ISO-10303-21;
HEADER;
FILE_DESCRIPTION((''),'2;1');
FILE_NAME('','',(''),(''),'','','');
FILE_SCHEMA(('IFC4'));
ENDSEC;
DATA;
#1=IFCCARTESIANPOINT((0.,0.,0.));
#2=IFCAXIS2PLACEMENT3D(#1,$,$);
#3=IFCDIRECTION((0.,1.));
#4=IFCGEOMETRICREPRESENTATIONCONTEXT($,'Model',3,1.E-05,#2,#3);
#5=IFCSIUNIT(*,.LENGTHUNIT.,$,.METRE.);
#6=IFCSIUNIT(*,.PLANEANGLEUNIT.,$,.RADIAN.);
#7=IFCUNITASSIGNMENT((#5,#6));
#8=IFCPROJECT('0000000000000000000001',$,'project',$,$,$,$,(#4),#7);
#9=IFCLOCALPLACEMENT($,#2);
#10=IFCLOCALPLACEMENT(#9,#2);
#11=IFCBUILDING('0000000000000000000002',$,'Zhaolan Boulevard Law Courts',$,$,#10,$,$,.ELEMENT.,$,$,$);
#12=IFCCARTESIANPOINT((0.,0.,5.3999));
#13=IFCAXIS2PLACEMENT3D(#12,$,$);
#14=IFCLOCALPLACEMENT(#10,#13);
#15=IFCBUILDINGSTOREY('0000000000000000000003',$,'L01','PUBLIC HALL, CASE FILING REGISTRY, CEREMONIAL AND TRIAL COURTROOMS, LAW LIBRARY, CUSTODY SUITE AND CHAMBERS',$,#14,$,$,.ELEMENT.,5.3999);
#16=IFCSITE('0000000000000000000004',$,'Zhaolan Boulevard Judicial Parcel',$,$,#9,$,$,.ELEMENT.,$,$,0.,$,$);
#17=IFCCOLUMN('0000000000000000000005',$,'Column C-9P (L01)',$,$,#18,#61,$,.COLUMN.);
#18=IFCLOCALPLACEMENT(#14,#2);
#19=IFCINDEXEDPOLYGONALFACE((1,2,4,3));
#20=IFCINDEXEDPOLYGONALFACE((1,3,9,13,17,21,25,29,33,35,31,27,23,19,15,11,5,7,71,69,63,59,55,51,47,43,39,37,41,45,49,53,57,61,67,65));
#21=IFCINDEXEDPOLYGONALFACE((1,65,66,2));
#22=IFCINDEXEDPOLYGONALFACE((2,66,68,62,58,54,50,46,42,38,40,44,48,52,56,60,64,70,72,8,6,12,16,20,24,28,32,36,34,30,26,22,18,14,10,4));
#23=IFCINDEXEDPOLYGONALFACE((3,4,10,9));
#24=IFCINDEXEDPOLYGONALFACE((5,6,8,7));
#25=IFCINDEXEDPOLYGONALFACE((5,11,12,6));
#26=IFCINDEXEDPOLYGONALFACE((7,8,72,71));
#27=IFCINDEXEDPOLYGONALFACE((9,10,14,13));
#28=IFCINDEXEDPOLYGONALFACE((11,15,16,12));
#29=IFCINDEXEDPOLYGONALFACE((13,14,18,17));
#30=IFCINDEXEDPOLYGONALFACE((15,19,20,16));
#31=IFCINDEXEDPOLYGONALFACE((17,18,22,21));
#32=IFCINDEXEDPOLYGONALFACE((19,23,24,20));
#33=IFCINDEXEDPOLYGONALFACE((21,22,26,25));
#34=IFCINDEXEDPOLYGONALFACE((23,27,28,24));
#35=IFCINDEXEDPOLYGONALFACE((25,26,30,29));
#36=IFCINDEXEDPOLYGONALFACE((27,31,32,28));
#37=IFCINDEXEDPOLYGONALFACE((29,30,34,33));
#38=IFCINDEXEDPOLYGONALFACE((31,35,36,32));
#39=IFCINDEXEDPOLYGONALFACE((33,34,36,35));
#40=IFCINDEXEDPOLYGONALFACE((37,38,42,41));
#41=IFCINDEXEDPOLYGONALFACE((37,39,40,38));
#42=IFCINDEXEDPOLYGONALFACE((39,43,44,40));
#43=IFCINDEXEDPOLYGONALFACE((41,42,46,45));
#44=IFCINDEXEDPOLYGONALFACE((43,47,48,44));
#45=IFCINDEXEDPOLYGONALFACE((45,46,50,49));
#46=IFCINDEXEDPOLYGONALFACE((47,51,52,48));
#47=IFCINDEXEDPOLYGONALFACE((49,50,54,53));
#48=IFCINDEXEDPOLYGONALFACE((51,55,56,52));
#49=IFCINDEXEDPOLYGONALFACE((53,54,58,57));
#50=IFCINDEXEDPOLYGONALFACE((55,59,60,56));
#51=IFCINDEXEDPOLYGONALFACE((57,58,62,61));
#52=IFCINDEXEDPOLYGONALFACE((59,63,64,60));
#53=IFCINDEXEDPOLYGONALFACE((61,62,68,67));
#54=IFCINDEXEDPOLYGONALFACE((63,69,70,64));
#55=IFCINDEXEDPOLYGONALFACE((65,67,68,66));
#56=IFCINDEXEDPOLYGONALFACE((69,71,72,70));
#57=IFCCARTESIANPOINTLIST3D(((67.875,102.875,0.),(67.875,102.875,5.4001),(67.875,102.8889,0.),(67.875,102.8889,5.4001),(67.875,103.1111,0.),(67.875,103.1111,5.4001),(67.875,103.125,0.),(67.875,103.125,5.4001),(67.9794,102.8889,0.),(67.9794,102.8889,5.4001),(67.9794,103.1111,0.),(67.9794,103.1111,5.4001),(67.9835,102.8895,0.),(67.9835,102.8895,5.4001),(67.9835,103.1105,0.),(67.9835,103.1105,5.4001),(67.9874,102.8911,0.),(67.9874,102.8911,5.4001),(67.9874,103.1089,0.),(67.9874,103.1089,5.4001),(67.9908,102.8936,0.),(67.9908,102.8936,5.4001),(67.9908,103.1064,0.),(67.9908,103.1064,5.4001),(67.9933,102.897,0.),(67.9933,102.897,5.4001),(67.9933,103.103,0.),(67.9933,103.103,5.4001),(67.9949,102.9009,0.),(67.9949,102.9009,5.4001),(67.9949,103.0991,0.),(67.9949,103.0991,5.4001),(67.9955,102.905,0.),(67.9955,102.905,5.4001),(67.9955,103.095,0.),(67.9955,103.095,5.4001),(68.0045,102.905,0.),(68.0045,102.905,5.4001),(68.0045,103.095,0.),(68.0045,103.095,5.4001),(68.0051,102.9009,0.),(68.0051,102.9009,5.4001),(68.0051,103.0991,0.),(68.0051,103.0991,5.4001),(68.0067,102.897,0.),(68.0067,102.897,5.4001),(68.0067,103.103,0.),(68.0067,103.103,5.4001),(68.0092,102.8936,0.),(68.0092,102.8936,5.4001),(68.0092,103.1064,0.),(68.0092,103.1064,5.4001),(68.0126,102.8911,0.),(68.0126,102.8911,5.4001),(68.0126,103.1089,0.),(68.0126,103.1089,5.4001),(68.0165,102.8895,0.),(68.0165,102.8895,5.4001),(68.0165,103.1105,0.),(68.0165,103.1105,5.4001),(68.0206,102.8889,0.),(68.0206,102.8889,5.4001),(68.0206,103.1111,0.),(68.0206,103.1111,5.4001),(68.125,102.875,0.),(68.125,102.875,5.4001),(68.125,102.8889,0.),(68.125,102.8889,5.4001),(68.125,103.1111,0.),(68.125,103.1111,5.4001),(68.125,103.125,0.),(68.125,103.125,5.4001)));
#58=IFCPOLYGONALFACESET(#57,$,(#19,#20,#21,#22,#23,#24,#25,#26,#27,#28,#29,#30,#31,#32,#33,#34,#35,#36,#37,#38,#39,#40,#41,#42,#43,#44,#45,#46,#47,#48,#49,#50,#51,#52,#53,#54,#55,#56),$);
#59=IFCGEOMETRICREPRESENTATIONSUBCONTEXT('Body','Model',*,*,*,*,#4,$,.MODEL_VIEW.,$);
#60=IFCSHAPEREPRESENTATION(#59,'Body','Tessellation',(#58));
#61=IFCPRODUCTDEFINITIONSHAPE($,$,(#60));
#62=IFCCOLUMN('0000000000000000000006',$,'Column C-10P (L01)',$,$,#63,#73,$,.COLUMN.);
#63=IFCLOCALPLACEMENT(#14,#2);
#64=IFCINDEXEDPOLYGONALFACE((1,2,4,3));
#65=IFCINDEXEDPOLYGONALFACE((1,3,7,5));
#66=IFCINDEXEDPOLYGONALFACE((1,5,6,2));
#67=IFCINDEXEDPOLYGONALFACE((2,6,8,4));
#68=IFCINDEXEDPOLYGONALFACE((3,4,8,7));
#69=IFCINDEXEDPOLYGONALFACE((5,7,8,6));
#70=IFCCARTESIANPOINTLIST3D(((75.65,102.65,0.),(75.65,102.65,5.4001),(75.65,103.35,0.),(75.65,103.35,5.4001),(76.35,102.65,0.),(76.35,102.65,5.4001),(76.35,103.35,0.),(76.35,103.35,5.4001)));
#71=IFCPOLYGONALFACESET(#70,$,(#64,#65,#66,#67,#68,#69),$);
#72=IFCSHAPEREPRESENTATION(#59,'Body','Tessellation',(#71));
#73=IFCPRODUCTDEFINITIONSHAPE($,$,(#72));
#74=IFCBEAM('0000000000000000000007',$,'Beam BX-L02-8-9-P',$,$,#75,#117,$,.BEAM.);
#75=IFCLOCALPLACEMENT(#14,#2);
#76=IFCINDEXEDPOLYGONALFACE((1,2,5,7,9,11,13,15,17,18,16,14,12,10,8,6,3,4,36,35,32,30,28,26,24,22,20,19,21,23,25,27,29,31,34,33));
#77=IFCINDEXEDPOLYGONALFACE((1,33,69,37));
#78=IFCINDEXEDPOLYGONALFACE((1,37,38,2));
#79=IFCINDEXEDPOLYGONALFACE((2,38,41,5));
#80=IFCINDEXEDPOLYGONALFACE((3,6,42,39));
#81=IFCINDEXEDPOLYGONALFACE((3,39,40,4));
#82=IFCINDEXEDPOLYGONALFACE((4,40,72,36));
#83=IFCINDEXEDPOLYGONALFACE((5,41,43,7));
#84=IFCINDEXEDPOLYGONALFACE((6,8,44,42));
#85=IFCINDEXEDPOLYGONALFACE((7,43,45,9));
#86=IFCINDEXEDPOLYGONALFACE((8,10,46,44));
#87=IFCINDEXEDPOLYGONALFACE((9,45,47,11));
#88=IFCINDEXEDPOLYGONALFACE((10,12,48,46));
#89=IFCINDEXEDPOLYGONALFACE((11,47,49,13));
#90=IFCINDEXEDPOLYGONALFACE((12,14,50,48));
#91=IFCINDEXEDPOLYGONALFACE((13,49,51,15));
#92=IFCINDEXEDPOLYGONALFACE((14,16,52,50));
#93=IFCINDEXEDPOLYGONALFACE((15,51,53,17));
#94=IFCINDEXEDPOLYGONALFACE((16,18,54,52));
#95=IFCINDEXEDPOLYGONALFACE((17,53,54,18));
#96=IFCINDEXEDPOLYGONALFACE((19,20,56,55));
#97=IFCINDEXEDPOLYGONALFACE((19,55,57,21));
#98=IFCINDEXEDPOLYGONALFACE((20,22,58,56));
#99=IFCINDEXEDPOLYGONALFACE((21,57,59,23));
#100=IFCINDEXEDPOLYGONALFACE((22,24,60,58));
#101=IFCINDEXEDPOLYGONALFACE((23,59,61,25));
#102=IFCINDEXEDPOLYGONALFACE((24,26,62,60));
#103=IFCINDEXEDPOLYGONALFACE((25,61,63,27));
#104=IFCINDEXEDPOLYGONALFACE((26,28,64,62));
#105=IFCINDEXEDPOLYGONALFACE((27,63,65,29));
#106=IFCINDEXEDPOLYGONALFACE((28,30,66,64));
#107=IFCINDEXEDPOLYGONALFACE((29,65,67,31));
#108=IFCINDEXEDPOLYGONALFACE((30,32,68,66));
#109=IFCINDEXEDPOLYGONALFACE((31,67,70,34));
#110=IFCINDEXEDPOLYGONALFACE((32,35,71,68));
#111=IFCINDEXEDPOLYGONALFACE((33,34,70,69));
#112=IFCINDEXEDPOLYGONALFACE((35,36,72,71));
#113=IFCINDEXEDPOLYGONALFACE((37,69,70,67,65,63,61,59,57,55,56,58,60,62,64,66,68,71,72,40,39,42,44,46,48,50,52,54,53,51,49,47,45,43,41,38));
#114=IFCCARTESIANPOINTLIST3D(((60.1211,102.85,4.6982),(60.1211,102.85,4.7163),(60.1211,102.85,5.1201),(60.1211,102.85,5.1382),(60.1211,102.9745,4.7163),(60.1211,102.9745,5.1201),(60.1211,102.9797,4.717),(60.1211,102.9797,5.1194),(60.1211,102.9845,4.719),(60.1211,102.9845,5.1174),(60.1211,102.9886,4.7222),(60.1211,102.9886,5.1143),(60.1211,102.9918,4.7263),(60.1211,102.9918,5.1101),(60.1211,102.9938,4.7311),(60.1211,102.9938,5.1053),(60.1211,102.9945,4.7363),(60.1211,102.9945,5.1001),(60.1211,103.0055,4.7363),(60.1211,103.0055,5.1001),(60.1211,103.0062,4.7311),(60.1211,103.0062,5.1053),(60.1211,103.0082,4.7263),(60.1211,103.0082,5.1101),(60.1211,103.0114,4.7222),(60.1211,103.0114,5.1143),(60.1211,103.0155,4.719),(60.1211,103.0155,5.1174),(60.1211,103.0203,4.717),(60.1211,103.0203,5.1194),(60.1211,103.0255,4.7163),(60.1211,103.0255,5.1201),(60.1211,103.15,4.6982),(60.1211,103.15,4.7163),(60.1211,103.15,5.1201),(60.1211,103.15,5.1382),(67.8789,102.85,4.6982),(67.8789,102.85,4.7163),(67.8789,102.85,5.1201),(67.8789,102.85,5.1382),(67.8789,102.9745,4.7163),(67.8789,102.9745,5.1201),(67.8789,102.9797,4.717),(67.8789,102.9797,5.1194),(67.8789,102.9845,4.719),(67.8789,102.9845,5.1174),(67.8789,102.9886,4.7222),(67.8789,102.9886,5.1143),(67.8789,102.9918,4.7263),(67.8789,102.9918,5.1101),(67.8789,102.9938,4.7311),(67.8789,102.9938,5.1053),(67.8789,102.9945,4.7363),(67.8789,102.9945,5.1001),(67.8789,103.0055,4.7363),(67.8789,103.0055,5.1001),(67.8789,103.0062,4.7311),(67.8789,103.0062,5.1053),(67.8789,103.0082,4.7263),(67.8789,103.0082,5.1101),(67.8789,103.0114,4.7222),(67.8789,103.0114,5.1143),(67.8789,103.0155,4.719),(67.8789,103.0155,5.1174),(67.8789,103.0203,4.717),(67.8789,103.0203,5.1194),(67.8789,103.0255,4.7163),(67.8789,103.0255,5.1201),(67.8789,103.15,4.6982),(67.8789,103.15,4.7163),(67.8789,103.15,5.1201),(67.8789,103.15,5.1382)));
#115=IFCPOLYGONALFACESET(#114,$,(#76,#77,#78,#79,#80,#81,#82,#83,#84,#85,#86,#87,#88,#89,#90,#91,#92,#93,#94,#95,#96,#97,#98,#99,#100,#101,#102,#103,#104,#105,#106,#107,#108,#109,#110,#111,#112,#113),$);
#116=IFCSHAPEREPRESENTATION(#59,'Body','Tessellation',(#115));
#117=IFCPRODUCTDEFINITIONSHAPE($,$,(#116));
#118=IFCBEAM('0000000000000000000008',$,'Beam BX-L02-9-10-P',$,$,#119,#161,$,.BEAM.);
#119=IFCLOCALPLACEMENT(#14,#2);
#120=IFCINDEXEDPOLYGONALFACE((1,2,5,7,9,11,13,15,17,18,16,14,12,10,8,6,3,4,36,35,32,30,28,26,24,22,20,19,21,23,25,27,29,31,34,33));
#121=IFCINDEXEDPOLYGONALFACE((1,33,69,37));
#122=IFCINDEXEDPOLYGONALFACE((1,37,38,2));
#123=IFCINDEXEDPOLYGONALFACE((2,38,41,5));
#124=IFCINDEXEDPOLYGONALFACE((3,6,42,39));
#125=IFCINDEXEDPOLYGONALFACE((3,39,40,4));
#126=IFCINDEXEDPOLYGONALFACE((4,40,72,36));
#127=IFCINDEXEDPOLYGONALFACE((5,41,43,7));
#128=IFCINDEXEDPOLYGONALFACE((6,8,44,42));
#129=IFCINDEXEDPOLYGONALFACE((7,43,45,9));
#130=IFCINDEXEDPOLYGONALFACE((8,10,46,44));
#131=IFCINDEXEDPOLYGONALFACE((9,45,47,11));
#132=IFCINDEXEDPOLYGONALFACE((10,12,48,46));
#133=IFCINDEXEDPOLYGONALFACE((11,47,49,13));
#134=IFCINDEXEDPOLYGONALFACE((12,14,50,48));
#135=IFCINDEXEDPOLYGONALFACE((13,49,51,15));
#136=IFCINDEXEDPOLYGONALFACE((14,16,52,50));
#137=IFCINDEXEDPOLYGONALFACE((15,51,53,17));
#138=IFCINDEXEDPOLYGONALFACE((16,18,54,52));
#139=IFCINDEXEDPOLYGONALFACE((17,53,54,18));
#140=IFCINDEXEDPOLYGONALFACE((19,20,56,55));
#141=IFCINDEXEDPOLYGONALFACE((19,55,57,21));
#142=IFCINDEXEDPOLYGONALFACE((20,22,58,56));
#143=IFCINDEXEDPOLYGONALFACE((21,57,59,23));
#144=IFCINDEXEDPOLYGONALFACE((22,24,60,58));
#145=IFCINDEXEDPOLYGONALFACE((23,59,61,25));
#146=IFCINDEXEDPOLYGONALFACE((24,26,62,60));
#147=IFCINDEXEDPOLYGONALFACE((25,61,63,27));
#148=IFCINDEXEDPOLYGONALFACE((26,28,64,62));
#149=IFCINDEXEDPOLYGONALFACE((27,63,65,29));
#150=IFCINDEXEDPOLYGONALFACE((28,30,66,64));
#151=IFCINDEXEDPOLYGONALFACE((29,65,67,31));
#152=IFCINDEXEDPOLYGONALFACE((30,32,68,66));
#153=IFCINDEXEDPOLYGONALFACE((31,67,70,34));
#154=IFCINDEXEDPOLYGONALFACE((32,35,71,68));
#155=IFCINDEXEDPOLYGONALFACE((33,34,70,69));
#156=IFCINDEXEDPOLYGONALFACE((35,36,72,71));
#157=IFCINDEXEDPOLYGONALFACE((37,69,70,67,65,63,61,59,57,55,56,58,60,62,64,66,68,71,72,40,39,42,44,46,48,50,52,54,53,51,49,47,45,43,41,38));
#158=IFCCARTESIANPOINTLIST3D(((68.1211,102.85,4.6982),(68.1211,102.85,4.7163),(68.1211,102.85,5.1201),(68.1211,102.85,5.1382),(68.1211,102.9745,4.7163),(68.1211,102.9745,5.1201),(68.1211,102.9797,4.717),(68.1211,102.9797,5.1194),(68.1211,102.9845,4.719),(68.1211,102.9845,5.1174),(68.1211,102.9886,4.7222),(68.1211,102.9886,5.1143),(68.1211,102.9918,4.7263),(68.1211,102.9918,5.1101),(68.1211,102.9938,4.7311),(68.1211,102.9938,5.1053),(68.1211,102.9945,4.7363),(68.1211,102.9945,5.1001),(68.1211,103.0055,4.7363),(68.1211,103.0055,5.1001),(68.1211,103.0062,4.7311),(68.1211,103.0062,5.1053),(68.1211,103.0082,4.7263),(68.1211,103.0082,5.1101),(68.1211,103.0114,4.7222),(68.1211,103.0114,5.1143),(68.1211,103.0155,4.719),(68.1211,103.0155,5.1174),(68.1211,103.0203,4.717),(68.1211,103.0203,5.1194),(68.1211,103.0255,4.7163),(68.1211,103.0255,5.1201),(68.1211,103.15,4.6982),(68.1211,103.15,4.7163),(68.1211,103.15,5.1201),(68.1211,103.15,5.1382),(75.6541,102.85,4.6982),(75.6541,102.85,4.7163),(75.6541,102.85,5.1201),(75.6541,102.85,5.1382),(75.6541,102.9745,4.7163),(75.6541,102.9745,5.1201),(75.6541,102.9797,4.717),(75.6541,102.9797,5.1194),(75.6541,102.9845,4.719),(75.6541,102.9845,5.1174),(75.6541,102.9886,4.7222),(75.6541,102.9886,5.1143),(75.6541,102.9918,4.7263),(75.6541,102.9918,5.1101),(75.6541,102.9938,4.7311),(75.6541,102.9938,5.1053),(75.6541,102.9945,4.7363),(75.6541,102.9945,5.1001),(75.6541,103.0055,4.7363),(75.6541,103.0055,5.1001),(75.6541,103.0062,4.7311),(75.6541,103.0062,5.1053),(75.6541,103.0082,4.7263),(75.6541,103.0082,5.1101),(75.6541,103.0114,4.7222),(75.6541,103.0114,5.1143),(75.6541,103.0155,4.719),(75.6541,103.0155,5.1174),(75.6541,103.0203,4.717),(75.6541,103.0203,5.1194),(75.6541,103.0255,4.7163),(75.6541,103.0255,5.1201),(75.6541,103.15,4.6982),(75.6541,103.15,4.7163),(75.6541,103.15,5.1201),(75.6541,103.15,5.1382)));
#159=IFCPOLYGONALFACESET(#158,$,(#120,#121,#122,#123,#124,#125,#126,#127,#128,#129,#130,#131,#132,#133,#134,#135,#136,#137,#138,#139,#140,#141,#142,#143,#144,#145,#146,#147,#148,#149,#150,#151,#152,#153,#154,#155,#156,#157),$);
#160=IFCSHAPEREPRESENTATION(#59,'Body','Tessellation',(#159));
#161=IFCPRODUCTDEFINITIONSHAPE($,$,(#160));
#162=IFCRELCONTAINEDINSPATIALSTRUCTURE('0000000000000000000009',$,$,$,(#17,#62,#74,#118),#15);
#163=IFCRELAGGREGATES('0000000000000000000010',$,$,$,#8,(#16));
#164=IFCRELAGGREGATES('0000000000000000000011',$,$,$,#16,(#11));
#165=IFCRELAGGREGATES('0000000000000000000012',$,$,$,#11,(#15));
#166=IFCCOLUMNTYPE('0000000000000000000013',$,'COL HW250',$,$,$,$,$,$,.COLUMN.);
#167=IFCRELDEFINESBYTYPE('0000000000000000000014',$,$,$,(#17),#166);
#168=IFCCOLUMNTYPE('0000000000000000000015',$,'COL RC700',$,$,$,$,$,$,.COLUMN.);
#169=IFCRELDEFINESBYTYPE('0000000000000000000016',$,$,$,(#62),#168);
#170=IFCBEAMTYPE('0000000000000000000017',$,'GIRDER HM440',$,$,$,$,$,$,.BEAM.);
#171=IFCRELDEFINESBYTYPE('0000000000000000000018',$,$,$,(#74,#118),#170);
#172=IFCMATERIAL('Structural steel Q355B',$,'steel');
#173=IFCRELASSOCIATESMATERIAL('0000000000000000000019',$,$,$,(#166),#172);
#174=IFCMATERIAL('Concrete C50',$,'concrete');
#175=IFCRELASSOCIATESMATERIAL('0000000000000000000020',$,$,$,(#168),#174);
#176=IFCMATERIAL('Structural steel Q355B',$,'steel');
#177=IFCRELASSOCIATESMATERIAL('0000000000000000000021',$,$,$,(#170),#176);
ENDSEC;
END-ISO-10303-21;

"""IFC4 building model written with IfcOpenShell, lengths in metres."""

from ifc_helpers import new_model, si_unit, direction, frame, origin, origin_2d, place, context, subcontext, project, spatial, rectangle, i_section, extrude, material, material_profile, profile_set, type_object, element, save


model = new_model("IFC4")

# Units and contexts
model_context = context("Model", 3, precision=1e-05, world=origin(), true_north=direction((0.0, 1.0)))
body_context = subcontext(model_context, "Body", "Model", "MODEL_VIEW")
ifc_project = project(units=[si_unit("LENGTHUNIT", "METRE"), si_unit("PLANEANGLEUNIT", "RADIAN")], contexts=[model_context])

# Site, building, storey
site_placement = place(None, origin())
site = spatial("IfcSite", under=ifc_project, at=site_placement, Name="Zhaolan Boulevard Judicial Parcel", CompositionType="ELEMENT", RefElevation=0.0)
building_placement = place(site_placement, origin())
building = spatial("IfcBuilding", under=site, at=building_placement, Name="Zhaolan Boulevard Law Courts", CompositionType="ELEMENT")
storey_placement = place(building_placement, frame((0.0, 0.0, 5.3999)))
storey = spatial("IfcBuildingStorey", under=building, at=storey_placement, Name="L01", Description="PUBLIC HALL, CASE FILING REGISTRY, CEREMONIAL AND TRIAL COURTROOMS, LAW LIBRARY, CUSTODY SUITE AND CHAMBERS", CompositionType="ELEMENT", Elevation=5.3999)

# Columns
ifc_material_1 = material(Name="Structural steel Q355B", Category="steel")
ifc_material_profile_1 = material_profile(ifc_material_1, i_section(OverallWidth=0.25, OverallDepth=0.25, WebThickness=0.009, FlangeThickness=0.0139, FilletRadius=0.0161, at=origin_2d()), Name="HW250x250")
ifc_profile_set_1 = profile_set([ifc_material_profile_1], Name="Structural steel Q355B")
column_type_1 = type_object("IfcColumnType", Name="COL HW250", PredefinedType="COLUMN", material=ifc_profile_set_1)
column_1_placement = place(storey_placement, frame((68.0, 103.0, 0.0), z_axis=(0.0, 0.0, 1.0), x_axis=(1.0, 0.0, 0.0)))
element("IfcColumn", 1, at=column_1_placement, inside=storey, type_object=column_type_1, Name="Column C-9P (L01)", PredefinedType="COLUMN", context=body_context, shape_type="SweptSolid", body=[
    extrude(i_section(OverallWidth=0.25, OverallDepth=0.25, WebThickness=0.009, FlangeThickness=0.0139, FilletRadius=0.0161, at=origin_2d()), origin(), (0.0, 0.0, 1.0), 5.4001),
])
ifc_material_2 = material(Name="Concrete C50", Category="concrete")
ifc_material_profile_2 = material_profile(ifc_material_2, rectangle(XDim=0.7, YDim=0.7, at=origin_2d()), Name="RC700x700")
ifc_profile_set_2 = profile_set([ifc_material_profile_2], Name="Concrete C50")
column_type_2 = type_object("IfcColumnType", Name="COL RC700", PredefinedType="COLUMN", material=ifc_profile_set_2)
column_2_placement = place(storey_placement, frame((76.0, 103.0, 0.0), z_axis=(0.0, 0.0, 1.0), x_axis=(1.0, 0.0, 0.0)))
element("IfcColumn", 2, at=column_2_placement, inside=storey, type_object=column_type_2, Name="Column C-10P (L01)", PredefinedType="COLUMN", context=body_context, shape_type="SweptSolid", body=[
    extrude(rectangle(XDim=0.7, YDim=0.7, at=origin_2d()), origin(), (0.0, 0.0, 1.0), 5.4001),
])

# Beams
ifc_material_3 = material(Name="Structural steel Q355B", Category="steel")
ifc_material_profile_3 = material_profile(ifc_material_3, i_section(OverallWidth=0.3, OverallDepth=0.4399, WebThickness=0.011, FlangeThickness=0.0181, FilletRadius=0.02, at=origin_2d()), Name="HM440x300")
ifc_profile_set_3 = profile_set([ifc_material_profile_3], Name="Structural steel Q355B")
beam_type_1 = type_object("IfcBeamType", Name="GIRDER HM440", PredefinedType="BEAM", material=ifc_profile_set_3)
beam_1_placement = place(storey_placement, frame((60.1211, 103.0, 4.9182), z_axis=(1.0, 0.0, 0.0), x_axis=(0.0, 1.0, 0.0)))
element("IfcBeam", 3, at=beam_1_placement, inside=storey, type_object=beam_type_1, Name="Beam BX-L02-8-9-P", PredefinedType="BEAM", context=body_context, shape_type="SweptSolid", body=[
    extrude(i_section(OverallWidth=0.3, OverallDepth=0.4399, WebThickness=0.011, FlangeThickness=0.0181, FilletRadius=0.02, at=origin_2d()), origin(), (0.0, 0.0, 1.0), 7.7578),
])
beam_2_placement = place(storey_placement, frame((68.1211, 103.0, 4.9182), z_axis=(1.0, 0.0, 0.0), x_axis=(0.0, 1.0, 0.0)))
element("IfcBeam", 4, at=beam_2_placement, inside=storey, type_object=beam_type_1, Name="Beam BX-L02-9-10-P", PredefinedType="BEAM", context=body_context, shape_type="SweptSolid", body=[
    extrude(i_section(OverallWidth=0.3, OverallDepth=0.4399, WebThickness=0.011, FlangeThickness=0.0181, FilletRadius=0.02, at=origin_2d()), origin(), (0.0, 0.0, 1.0), 7.533),
])

save(model, "model.ifc")
